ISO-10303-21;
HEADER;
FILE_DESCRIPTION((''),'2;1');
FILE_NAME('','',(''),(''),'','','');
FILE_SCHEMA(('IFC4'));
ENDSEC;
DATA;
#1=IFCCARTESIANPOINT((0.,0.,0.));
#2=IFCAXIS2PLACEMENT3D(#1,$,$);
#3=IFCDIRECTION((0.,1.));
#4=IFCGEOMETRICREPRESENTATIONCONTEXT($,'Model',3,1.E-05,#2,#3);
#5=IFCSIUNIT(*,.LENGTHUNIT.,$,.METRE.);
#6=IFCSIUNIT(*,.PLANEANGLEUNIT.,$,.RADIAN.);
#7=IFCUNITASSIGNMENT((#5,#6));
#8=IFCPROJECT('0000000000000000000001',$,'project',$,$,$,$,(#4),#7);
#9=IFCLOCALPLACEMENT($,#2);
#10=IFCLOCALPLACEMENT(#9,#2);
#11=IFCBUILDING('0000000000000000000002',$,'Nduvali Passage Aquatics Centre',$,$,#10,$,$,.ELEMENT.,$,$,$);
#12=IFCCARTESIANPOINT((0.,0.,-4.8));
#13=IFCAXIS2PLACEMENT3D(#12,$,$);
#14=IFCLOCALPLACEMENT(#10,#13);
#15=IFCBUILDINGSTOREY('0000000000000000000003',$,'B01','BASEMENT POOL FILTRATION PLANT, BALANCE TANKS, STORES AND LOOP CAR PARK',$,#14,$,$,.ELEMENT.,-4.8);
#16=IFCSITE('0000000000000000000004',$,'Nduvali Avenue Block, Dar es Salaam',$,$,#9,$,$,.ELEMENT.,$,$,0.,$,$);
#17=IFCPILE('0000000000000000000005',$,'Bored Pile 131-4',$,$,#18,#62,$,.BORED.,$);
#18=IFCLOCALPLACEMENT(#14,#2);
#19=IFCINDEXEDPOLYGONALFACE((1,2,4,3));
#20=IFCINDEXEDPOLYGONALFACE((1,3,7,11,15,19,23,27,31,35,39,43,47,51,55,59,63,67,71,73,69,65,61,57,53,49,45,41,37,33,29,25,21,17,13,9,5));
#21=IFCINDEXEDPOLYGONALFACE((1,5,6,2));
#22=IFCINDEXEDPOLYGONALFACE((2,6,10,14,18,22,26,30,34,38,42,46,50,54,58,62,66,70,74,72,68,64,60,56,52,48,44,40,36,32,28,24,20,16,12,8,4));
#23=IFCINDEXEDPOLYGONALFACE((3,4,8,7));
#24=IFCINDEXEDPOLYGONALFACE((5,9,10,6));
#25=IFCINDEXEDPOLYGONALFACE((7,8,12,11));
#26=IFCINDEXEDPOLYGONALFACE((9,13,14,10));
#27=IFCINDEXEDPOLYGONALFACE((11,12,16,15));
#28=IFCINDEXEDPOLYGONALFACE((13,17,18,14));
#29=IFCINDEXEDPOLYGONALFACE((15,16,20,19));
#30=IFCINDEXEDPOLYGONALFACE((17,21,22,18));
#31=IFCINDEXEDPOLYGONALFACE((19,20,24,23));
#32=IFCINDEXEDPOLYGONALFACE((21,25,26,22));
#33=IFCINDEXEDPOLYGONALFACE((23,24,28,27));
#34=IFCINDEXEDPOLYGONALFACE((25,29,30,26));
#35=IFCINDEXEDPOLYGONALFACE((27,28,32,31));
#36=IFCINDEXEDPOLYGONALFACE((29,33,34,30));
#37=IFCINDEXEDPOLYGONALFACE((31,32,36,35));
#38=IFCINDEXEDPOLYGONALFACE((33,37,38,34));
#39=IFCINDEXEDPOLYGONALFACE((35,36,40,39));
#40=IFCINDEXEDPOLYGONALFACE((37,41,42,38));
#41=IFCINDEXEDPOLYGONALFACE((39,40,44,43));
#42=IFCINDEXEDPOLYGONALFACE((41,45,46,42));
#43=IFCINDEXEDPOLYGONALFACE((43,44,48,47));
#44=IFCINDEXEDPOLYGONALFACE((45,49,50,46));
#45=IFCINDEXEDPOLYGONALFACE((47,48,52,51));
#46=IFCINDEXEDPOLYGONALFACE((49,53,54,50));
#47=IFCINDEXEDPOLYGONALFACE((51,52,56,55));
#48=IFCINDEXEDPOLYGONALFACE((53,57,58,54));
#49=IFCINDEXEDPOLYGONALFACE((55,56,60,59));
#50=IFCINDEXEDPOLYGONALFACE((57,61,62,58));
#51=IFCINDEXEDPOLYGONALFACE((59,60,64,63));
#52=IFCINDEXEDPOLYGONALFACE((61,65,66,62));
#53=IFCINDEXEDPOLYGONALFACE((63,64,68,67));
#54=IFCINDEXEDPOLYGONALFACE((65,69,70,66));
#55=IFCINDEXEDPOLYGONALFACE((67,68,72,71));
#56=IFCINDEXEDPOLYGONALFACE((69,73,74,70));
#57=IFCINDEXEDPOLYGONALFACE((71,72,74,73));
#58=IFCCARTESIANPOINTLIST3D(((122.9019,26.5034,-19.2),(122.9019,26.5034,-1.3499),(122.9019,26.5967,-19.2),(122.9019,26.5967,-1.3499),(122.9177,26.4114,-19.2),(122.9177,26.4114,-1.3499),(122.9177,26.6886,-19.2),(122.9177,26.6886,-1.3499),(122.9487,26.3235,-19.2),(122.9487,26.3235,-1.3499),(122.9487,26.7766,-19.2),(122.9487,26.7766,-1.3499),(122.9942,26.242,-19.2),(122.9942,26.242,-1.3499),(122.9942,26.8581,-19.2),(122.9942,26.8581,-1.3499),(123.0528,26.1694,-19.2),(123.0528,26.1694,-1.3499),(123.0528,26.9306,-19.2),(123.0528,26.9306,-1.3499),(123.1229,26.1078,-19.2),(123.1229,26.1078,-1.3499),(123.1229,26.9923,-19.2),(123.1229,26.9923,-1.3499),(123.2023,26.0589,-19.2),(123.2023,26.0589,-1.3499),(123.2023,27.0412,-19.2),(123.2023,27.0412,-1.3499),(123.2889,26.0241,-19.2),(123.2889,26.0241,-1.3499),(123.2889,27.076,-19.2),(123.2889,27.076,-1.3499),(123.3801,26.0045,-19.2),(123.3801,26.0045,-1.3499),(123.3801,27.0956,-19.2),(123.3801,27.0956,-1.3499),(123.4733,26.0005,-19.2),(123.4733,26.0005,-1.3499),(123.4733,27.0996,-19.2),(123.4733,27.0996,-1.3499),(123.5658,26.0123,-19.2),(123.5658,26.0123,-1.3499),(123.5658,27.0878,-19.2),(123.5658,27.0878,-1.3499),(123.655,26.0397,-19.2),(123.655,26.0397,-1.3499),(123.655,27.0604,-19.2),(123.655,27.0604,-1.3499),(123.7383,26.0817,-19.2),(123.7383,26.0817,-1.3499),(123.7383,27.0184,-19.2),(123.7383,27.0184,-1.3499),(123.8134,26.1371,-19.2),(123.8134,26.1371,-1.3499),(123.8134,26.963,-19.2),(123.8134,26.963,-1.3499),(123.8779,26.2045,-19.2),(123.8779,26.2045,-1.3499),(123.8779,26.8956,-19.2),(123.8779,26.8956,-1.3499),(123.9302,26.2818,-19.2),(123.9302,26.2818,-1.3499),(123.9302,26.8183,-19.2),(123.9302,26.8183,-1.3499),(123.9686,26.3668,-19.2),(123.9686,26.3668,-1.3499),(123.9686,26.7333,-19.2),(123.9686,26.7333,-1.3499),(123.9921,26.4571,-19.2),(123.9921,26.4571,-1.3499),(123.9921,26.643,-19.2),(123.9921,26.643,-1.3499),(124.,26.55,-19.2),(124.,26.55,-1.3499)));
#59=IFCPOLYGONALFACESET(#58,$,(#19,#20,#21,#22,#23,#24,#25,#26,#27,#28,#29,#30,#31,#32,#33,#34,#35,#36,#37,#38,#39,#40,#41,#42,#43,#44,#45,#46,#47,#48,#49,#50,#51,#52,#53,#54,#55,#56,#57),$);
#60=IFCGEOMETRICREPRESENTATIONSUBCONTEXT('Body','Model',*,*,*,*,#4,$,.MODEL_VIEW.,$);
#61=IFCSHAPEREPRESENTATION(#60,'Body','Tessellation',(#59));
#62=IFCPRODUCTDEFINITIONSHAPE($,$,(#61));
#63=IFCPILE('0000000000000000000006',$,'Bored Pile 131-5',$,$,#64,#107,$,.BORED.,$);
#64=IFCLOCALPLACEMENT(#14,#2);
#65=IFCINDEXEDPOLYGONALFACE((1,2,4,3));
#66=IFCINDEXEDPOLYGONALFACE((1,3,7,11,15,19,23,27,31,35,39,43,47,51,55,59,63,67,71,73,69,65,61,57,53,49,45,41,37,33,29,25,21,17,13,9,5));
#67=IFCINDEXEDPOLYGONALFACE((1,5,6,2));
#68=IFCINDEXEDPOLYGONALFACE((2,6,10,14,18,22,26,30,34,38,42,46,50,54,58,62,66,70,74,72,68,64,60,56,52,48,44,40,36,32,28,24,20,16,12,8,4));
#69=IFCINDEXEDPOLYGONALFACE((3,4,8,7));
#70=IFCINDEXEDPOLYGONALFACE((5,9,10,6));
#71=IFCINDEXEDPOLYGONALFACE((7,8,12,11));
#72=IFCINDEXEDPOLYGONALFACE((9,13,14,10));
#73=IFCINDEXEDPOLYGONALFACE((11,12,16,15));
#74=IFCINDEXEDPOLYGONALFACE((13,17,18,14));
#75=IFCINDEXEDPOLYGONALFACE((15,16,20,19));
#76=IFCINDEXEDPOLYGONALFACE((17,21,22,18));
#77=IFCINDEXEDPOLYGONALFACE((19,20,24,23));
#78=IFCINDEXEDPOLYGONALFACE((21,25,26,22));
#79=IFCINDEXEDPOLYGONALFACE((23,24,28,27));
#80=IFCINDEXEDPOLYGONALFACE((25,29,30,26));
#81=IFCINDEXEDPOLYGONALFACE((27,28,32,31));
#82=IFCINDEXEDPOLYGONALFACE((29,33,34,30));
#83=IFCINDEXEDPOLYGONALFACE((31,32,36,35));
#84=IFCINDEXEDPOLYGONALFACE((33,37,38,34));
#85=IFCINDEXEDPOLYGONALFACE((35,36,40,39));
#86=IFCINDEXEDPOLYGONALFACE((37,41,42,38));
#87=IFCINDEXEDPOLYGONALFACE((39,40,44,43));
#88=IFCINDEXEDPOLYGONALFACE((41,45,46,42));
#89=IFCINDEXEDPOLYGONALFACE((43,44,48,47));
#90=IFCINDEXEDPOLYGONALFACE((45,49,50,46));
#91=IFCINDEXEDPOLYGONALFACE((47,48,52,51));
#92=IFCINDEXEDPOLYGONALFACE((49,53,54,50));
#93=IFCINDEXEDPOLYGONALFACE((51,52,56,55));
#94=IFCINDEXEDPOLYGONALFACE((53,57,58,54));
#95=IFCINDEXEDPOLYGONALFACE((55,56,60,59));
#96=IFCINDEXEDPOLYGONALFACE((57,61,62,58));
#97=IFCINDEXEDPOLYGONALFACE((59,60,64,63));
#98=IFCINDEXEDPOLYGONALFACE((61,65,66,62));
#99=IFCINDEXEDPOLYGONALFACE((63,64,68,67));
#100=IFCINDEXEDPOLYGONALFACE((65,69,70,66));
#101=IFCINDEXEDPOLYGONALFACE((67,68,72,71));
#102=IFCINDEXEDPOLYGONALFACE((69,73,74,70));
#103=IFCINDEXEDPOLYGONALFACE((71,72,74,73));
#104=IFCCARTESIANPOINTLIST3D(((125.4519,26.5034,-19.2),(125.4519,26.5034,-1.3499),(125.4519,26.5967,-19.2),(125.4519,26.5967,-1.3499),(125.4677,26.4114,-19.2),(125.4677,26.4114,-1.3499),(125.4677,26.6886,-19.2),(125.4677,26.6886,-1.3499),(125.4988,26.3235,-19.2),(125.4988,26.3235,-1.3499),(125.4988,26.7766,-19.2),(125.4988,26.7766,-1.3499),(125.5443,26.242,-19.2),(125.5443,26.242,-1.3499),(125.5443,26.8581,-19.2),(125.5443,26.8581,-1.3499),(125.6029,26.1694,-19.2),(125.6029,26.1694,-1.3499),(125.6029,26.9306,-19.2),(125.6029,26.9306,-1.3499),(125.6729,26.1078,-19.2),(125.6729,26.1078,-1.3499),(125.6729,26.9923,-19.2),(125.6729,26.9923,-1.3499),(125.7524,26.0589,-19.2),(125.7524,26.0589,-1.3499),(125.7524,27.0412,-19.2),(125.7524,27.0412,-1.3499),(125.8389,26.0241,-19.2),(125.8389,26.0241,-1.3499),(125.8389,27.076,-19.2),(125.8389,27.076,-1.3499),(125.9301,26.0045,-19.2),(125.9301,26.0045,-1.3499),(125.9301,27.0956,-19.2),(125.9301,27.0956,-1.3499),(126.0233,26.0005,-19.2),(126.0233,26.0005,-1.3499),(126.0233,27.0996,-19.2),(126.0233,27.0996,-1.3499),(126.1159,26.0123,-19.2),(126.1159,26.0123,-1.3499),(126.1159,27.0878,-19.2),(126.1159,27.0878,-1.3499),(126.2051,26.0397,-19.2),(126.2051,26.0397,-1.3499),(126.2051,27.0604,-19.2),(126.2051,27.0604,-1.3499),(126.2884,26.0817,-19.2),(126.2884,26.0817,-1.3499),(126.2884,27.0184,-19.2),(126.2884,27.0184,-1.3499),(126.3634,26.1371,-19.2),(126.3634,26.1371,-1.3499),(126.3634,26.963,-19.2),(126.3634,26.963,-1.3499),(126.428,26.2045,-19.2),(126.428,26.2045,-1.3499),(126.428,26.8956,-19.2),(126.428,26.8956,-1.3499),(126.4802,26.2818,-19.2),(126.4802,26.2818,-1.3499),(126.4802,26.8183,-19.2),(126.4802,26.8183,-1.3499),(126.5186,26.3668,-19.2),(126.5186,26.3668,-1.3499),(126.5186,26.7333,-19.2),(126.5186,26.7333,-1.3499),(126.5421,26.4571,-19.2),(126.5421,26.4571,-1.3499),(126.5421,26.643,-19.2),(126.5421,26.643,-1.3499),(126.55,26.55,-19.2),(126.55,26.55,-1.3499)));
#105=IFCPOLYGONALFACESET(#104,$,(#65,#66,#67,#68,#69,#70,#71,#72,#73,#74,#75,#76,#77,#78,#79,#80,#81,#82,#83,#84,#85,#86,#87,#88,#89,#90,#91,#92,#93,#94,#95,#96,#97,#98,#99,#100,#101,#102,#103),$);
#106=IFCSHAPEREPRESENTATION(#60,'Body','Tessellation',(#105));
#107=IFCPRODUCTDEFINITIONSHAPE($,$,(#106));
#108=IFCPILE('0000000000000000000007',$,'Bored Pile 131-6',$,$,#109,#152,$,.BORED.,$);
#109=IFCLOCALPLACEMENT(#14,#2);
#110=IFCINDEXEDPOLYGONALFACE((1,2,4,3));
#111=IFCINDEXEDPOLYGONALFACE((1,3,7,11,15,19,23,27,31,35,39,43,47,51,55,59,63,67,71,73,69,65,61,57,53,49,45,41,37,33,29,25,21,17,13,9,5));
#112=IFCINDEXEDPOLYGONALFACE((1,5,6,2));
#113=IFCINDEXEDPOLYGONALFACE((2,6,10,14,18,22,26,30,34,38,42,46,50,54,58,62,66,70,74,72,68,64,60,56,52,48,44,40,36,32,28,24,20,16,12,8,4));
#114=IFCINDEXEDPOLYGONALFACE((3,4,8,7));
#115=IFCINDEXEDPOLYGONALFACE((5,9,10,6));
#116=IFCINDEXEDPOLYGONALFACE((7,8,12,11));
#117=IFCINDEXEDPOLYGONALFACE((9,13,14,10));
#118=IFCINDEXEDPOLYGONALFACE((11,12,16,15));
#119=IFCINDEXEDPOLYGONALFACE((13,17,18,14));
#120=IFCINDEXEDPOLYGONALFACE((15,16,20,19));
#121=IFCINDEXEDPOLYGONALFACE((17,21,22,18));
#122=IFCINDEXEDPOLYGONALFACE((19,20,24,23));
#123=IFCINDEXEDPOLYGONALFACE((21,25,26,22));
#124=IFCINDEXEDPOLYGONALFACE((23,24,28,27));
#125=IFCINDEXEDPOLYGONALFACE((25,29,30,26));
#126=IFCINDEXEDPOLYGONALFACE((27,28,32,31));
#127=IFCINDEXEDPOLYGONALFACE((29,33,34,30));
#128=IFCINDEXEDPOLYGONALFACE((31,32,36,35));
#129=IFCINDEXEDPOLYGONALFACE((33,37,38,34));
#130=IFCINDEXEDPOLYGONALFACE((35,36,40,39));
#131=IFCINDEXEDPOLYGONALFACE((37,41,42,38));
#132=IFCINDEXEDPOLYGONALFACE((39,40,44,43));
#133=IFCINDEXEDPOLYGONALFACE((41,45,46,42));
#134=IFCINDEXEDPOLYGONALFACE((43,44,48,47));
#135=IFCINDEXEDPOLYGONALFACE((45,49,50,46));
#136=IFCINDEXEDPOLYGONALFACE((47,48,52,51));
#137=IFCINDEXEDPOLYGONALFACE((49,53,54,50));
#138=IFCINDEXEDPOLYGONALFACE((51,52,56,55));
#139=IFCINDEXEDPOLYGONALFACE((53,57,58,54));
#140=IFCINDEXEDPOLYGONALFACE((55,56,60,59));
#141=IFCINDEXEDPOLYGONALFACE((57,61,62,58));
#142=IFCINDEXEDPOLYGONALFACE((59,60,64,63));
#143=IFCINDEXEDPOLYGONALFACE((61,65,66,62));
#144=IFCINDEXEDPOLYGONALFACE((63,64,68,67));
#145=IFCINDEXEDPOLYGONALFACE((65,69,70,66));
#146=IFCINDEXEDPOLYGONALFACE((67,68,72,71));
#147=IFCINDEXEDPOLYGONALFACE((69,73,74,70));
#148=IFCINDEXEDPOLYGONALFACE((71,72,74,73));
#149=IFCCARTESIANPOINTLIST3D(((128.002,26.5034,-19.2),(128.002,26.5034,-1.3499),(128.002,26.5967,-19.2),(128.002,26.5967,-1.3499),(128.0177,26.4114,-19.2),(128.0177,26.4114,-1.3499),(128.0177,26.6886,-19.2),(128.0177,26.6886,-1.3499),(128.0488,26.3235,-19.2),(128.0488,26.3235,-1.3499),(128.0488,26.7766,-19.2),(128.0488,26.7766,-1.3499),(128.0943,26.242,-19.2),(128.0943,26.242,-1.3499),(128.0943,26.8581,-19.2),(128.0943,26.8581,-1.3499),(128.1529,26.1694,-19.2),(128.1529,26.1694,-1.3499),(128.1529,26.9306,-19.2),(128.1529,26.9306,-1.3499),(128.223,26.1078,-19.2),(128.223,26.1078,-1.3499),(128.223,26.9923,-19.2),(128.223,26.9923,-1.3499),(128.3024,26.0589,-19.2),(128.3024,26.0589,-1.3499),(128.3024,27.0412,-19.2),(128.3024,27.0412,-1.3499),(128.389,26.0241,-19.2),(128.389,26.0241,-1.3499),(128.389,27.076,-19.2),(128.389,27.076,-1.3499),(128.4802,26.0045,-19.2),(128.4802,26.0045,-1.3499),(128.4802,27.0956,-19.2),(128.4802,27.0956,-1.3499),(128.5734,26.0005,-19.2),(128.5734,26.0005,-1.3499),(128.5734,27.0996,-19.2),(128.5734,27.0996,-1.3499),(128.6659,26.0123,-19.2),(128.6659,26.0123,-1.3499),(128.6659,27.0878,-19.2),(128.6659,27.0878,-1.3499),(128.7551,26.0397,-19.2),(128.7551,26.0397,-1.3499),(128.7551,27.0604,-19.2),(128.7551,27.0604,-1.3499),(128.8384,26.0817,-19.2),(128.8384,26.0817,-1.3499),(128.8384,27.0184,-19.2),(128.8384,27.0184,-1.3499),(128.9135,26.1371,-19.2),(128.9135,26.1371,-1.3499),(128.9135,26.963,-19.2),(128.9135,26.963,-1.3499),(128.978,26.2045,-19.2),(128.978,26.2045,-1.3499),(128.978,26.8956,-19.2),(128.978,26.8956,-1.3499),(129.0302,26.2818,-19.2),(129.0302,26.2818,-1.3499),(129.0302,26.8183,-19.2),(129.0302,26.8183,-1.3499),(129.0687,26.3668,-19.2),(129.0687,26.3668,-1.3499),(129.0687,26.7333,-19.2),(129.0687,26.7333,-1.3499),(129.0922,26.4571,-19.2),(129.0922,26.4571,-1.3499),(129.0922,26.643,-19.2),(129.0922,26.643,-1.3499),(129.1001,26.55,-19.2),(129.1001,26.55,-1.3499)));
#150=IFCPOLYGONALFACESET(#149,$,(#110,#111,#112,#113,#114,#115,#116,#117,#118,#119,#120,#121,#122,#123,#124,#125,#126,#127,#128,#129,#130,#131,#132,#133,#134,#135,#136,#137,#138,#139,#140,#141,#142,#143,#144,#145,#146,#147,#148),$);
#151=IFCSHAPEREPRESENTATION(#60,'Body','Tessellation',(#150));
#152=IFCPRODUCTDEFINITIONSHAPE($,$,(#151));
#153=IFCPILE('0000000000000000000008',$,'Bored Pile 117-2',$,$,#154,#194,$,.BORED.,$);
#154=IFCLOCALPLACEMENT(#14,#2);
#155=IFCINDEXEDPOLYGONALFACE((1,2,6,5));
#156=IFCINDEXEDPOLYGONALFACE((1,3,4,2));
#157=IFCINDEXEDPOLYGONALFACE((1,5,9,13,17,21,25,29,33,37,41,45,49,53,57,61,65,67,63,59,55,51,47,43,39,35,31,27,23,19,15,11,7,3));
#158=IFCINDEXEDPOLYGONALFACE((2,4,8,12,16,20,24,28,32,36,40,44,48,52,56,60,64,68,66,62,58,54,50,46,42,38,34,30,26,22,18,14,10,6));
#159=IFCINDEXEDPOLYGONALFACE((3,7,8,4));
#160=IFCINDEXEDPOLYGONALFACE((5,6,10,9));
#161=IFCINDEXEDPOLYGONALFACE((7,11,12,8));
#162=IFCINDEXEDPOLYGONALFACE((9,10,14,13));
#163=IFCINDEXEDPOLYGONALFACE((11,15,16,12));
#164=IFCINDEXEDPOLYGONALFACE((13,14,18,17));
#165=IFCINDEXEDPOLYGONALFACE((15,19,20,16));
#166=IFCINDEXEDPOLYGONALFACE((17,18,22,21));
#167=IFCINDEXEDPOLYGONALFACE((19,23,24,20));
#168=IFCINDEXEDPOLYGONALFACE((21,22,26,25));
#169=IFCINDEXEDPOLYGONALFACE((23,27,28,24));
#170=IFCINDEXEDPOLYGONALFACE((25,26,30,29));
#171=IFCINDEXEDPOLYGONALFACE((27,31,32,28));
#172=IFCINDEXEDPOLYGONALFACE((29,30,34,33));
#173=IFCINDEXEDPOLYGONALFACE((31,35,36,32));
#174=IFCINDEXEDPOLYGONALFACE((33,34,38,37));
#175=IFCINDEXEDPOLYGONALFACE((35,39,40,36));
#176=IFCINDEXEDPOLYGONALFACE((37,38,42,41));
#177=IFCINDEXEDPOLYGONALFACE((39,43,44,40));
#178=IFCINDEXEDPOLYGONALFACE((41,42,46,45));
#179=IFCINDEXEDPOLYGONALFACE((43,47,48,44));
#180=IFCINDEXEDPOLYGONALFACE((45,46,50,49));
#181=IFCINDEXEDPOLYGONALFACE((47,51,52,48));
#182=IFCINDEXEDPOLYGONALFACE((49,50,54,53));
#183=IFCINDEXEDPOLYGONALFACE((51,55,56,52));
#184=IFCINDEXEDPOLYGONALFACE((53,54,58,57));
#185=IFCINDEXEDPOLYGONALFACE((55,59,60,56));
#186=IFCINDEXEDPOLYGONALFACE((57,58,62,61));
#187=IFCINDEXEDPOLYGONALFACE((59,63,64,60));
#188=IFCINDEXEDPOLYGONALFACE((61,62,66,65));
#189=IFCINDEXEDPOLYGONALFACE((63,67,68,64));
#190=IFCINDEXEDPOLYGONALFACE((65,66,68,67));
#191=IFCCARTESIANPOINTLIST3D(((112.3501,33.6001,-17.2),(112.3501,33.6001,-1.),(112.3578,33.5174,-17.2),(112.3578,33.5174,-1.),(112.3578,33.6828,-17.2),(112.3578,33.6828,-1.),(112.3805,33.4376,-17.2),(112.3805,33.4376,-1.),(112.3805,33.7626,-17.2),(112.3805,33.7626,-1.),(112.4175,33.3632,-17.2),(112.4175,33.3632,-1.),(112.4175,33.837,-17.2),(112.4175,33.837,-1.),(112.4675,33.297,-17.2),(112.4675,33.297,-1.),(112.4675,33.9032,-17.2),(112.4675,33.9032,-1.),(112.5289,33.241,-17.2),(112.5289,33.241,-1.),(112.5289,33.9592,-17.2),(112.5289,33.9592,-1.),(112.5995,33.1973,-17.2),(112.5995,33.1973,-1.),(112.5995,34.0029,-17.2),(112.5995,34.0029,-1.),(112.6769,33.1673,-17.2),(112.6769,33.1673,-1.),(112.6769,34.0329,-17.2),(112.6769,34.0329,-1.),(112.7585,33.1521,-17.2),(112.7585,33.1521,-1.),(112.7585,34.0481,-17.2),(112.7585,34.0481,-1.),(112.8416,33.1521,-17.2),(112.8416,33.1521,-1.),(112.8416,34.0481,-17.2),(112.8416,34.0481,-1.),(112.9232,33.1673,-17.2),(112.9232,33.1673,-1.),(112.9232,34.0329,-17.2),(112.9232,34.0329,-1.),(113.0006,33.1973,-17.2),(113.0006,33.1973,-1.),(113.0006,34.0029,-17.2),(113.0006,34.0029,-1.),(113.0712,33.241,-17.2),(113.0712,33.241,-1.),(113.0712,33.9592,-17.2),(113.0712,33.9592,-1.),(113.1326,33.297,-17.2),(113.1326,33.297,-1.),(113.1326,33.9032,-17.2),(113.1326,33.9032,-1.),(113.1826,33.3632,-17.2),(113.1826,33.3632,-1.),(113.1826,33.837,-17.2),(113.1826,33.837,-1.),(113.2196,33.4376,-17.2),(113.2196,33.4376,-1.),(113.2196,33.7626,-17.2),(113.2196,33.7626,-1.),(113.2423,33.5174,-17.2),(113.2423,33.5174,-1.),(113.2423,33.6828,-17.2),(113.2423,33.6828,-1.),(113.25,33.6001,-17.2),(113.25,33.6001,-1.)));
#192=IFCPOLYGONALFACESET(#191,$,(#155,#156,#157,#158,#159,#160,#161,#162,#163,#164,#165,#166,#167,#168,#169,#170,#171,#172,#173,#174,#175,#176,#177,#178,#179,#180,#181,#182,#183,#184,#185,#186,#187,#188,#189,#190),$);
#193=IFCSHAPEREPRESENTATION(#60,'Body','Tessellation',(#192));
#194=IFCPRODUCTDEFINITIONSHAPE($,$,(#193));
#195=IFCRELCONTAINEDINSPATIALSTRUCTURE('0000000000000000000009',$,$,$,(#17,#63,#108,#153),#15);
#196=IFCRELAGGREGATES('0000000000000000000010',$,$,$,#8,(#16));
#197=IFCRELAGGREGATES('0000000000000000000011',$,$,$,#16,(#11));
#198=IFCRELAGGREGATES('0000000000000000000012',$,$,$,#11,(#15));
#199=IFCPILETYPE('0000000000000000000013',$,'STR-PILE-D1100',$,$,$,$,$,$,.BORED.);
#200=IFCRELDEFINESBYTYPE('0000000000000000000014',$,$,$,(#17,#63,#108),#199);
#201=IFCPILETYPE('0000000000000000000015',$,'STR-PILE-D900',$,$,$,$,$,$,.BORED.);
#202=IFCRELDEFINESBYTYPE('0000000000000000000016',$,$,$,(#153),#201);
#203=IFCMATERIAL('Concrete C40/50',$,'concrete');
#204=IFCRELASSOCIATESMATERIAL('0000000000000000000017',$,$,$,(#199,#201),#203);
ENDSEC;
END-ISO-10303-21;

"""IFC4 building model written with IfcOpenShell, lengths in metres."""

from ifc_helpers import new_model, si_unit, direction, frame, origin, origin_2d, place, context, subcontext, project, spatial, circle, extrude, material, material_profile, profile_set, type_object, element, save


model = new_model("IFC4")

# Units and contexts
model_context = context("Model", 3, precision=1e-05, world=origin(), true_north=direction((0.0, 1.0)))
body_context = subcontext(model_context, "Body", "Model", "MODEL_VIEW")
ifc_project = project(units=[si_unit("LENGTHUNIT", "METRE"), si_unit("PLANEANGLEUNIT", "RADIAN")], contexts=[model_context])

# Site, building, storey
site_placement = place(None, origin())
site = spatial("IfcSite", under=ifc_project, at=site_placement, Name="Nduvali Avenue Block, Dar es Salaam", CompositionType="ELEMENT", RefElevation=0.0)
building_placement = place(site_placement, origin())
building = spatial("IfcBuilding", under=site, at=building_placement, Name="Nduvali Passage Aquatics Centre", CompositionType="ELEMENT")
storey_placement = place(building_placement, frame((0.0, 0.0, -4.8)))
storey = spatial("IfcBuildingStorey", under=building, at=storey_placement, Name="B01", Description="BASEMENT POOL FILTRATION PLANT, BALANCE TANKS, STORES AND LOOP CAR PARK", CompositionType="ELEMENT", Elevation=-4.8)

# Shared definitions
ifc_material = material(Name="Concrete C40/50", Category="concrete")

# Piles
ifc_material_profile_1 = material_profile(ifc_material, circle(Radius=0.55, at=origin_2d()), Name="PILE D1100")
ifc_profile_set_1 = profile_set([ifc_material_profile_1], Name="Concrete C40/50")
pile_type_1 = type_object("IfcPileType", Name="STR-PILE-D1100", PredefinedType="BORED", material=ifc_profile_set_1)
for number, where, z_axis, x_axis, name in (
    (1, (123.45, 26.55, -1.3499), (0.0, 0.0, -1.0), (1.0, 0.0, 0.0), "Bored Pile 131-4"),
    (2, (126.0, 26.55, -1.3499), (0.0, 0.0, -1.0), (1.0, 0.0, 0.0), "Bored Pile 131-5"),
    (3, (128.55, 26.55, -1.3499), (0.0, 0.0, -1.0), (1.0, 0.0, 0.0), "Bored Pile 131-6"),
):
    element("IfcPile", number, at=place(storey_placement, frame(where, z_axis=z_axis, x_axis=x_axis)), inside=storey, type_object=pile_type_1, Name=name, PredefinedType="BORED", context=body_context, shape_type="SweptSolid", body=[
        extrude(circle(Radius=0.55, at=origin_2d()), origin(), (0.0, 0.0, 1.0), 17.8501),
    ])
ifc_material_profile_2 = material_profile(ifc_material, circle(Radius=0.45, at=origin_2d()), Name="PILE D900")
ifc_profile_set_2 = profile_set([ifc_material_profile_2], Name="Concrete C40/50")
pile_type_2 = type_object("IfcPileType", Name="STR-PILE-D900", PredefinedType="BORED", material=ifc_profile_set_2)
pile_1_placement = place(storey_placement, frame((112.8, 33.6001, -1.0), z_axis=(0.0, 0.0, -1.0), x_axis=(1.0, 0.0, 0.0)))
element("IfcPile", 4, at=pile_1_placement, inside=storey, type_object=pile_type_2, Name="Bored Pile 117-2", PredefinedType="BORED", context=body_context, shape_type="SweptSolid", body=[
    extrude(circle(Radius=0.45, at=origin_2d()), origin(), (0.0, 0.0, 1.0), 16.2),
])

save(model, "model.ifc")
